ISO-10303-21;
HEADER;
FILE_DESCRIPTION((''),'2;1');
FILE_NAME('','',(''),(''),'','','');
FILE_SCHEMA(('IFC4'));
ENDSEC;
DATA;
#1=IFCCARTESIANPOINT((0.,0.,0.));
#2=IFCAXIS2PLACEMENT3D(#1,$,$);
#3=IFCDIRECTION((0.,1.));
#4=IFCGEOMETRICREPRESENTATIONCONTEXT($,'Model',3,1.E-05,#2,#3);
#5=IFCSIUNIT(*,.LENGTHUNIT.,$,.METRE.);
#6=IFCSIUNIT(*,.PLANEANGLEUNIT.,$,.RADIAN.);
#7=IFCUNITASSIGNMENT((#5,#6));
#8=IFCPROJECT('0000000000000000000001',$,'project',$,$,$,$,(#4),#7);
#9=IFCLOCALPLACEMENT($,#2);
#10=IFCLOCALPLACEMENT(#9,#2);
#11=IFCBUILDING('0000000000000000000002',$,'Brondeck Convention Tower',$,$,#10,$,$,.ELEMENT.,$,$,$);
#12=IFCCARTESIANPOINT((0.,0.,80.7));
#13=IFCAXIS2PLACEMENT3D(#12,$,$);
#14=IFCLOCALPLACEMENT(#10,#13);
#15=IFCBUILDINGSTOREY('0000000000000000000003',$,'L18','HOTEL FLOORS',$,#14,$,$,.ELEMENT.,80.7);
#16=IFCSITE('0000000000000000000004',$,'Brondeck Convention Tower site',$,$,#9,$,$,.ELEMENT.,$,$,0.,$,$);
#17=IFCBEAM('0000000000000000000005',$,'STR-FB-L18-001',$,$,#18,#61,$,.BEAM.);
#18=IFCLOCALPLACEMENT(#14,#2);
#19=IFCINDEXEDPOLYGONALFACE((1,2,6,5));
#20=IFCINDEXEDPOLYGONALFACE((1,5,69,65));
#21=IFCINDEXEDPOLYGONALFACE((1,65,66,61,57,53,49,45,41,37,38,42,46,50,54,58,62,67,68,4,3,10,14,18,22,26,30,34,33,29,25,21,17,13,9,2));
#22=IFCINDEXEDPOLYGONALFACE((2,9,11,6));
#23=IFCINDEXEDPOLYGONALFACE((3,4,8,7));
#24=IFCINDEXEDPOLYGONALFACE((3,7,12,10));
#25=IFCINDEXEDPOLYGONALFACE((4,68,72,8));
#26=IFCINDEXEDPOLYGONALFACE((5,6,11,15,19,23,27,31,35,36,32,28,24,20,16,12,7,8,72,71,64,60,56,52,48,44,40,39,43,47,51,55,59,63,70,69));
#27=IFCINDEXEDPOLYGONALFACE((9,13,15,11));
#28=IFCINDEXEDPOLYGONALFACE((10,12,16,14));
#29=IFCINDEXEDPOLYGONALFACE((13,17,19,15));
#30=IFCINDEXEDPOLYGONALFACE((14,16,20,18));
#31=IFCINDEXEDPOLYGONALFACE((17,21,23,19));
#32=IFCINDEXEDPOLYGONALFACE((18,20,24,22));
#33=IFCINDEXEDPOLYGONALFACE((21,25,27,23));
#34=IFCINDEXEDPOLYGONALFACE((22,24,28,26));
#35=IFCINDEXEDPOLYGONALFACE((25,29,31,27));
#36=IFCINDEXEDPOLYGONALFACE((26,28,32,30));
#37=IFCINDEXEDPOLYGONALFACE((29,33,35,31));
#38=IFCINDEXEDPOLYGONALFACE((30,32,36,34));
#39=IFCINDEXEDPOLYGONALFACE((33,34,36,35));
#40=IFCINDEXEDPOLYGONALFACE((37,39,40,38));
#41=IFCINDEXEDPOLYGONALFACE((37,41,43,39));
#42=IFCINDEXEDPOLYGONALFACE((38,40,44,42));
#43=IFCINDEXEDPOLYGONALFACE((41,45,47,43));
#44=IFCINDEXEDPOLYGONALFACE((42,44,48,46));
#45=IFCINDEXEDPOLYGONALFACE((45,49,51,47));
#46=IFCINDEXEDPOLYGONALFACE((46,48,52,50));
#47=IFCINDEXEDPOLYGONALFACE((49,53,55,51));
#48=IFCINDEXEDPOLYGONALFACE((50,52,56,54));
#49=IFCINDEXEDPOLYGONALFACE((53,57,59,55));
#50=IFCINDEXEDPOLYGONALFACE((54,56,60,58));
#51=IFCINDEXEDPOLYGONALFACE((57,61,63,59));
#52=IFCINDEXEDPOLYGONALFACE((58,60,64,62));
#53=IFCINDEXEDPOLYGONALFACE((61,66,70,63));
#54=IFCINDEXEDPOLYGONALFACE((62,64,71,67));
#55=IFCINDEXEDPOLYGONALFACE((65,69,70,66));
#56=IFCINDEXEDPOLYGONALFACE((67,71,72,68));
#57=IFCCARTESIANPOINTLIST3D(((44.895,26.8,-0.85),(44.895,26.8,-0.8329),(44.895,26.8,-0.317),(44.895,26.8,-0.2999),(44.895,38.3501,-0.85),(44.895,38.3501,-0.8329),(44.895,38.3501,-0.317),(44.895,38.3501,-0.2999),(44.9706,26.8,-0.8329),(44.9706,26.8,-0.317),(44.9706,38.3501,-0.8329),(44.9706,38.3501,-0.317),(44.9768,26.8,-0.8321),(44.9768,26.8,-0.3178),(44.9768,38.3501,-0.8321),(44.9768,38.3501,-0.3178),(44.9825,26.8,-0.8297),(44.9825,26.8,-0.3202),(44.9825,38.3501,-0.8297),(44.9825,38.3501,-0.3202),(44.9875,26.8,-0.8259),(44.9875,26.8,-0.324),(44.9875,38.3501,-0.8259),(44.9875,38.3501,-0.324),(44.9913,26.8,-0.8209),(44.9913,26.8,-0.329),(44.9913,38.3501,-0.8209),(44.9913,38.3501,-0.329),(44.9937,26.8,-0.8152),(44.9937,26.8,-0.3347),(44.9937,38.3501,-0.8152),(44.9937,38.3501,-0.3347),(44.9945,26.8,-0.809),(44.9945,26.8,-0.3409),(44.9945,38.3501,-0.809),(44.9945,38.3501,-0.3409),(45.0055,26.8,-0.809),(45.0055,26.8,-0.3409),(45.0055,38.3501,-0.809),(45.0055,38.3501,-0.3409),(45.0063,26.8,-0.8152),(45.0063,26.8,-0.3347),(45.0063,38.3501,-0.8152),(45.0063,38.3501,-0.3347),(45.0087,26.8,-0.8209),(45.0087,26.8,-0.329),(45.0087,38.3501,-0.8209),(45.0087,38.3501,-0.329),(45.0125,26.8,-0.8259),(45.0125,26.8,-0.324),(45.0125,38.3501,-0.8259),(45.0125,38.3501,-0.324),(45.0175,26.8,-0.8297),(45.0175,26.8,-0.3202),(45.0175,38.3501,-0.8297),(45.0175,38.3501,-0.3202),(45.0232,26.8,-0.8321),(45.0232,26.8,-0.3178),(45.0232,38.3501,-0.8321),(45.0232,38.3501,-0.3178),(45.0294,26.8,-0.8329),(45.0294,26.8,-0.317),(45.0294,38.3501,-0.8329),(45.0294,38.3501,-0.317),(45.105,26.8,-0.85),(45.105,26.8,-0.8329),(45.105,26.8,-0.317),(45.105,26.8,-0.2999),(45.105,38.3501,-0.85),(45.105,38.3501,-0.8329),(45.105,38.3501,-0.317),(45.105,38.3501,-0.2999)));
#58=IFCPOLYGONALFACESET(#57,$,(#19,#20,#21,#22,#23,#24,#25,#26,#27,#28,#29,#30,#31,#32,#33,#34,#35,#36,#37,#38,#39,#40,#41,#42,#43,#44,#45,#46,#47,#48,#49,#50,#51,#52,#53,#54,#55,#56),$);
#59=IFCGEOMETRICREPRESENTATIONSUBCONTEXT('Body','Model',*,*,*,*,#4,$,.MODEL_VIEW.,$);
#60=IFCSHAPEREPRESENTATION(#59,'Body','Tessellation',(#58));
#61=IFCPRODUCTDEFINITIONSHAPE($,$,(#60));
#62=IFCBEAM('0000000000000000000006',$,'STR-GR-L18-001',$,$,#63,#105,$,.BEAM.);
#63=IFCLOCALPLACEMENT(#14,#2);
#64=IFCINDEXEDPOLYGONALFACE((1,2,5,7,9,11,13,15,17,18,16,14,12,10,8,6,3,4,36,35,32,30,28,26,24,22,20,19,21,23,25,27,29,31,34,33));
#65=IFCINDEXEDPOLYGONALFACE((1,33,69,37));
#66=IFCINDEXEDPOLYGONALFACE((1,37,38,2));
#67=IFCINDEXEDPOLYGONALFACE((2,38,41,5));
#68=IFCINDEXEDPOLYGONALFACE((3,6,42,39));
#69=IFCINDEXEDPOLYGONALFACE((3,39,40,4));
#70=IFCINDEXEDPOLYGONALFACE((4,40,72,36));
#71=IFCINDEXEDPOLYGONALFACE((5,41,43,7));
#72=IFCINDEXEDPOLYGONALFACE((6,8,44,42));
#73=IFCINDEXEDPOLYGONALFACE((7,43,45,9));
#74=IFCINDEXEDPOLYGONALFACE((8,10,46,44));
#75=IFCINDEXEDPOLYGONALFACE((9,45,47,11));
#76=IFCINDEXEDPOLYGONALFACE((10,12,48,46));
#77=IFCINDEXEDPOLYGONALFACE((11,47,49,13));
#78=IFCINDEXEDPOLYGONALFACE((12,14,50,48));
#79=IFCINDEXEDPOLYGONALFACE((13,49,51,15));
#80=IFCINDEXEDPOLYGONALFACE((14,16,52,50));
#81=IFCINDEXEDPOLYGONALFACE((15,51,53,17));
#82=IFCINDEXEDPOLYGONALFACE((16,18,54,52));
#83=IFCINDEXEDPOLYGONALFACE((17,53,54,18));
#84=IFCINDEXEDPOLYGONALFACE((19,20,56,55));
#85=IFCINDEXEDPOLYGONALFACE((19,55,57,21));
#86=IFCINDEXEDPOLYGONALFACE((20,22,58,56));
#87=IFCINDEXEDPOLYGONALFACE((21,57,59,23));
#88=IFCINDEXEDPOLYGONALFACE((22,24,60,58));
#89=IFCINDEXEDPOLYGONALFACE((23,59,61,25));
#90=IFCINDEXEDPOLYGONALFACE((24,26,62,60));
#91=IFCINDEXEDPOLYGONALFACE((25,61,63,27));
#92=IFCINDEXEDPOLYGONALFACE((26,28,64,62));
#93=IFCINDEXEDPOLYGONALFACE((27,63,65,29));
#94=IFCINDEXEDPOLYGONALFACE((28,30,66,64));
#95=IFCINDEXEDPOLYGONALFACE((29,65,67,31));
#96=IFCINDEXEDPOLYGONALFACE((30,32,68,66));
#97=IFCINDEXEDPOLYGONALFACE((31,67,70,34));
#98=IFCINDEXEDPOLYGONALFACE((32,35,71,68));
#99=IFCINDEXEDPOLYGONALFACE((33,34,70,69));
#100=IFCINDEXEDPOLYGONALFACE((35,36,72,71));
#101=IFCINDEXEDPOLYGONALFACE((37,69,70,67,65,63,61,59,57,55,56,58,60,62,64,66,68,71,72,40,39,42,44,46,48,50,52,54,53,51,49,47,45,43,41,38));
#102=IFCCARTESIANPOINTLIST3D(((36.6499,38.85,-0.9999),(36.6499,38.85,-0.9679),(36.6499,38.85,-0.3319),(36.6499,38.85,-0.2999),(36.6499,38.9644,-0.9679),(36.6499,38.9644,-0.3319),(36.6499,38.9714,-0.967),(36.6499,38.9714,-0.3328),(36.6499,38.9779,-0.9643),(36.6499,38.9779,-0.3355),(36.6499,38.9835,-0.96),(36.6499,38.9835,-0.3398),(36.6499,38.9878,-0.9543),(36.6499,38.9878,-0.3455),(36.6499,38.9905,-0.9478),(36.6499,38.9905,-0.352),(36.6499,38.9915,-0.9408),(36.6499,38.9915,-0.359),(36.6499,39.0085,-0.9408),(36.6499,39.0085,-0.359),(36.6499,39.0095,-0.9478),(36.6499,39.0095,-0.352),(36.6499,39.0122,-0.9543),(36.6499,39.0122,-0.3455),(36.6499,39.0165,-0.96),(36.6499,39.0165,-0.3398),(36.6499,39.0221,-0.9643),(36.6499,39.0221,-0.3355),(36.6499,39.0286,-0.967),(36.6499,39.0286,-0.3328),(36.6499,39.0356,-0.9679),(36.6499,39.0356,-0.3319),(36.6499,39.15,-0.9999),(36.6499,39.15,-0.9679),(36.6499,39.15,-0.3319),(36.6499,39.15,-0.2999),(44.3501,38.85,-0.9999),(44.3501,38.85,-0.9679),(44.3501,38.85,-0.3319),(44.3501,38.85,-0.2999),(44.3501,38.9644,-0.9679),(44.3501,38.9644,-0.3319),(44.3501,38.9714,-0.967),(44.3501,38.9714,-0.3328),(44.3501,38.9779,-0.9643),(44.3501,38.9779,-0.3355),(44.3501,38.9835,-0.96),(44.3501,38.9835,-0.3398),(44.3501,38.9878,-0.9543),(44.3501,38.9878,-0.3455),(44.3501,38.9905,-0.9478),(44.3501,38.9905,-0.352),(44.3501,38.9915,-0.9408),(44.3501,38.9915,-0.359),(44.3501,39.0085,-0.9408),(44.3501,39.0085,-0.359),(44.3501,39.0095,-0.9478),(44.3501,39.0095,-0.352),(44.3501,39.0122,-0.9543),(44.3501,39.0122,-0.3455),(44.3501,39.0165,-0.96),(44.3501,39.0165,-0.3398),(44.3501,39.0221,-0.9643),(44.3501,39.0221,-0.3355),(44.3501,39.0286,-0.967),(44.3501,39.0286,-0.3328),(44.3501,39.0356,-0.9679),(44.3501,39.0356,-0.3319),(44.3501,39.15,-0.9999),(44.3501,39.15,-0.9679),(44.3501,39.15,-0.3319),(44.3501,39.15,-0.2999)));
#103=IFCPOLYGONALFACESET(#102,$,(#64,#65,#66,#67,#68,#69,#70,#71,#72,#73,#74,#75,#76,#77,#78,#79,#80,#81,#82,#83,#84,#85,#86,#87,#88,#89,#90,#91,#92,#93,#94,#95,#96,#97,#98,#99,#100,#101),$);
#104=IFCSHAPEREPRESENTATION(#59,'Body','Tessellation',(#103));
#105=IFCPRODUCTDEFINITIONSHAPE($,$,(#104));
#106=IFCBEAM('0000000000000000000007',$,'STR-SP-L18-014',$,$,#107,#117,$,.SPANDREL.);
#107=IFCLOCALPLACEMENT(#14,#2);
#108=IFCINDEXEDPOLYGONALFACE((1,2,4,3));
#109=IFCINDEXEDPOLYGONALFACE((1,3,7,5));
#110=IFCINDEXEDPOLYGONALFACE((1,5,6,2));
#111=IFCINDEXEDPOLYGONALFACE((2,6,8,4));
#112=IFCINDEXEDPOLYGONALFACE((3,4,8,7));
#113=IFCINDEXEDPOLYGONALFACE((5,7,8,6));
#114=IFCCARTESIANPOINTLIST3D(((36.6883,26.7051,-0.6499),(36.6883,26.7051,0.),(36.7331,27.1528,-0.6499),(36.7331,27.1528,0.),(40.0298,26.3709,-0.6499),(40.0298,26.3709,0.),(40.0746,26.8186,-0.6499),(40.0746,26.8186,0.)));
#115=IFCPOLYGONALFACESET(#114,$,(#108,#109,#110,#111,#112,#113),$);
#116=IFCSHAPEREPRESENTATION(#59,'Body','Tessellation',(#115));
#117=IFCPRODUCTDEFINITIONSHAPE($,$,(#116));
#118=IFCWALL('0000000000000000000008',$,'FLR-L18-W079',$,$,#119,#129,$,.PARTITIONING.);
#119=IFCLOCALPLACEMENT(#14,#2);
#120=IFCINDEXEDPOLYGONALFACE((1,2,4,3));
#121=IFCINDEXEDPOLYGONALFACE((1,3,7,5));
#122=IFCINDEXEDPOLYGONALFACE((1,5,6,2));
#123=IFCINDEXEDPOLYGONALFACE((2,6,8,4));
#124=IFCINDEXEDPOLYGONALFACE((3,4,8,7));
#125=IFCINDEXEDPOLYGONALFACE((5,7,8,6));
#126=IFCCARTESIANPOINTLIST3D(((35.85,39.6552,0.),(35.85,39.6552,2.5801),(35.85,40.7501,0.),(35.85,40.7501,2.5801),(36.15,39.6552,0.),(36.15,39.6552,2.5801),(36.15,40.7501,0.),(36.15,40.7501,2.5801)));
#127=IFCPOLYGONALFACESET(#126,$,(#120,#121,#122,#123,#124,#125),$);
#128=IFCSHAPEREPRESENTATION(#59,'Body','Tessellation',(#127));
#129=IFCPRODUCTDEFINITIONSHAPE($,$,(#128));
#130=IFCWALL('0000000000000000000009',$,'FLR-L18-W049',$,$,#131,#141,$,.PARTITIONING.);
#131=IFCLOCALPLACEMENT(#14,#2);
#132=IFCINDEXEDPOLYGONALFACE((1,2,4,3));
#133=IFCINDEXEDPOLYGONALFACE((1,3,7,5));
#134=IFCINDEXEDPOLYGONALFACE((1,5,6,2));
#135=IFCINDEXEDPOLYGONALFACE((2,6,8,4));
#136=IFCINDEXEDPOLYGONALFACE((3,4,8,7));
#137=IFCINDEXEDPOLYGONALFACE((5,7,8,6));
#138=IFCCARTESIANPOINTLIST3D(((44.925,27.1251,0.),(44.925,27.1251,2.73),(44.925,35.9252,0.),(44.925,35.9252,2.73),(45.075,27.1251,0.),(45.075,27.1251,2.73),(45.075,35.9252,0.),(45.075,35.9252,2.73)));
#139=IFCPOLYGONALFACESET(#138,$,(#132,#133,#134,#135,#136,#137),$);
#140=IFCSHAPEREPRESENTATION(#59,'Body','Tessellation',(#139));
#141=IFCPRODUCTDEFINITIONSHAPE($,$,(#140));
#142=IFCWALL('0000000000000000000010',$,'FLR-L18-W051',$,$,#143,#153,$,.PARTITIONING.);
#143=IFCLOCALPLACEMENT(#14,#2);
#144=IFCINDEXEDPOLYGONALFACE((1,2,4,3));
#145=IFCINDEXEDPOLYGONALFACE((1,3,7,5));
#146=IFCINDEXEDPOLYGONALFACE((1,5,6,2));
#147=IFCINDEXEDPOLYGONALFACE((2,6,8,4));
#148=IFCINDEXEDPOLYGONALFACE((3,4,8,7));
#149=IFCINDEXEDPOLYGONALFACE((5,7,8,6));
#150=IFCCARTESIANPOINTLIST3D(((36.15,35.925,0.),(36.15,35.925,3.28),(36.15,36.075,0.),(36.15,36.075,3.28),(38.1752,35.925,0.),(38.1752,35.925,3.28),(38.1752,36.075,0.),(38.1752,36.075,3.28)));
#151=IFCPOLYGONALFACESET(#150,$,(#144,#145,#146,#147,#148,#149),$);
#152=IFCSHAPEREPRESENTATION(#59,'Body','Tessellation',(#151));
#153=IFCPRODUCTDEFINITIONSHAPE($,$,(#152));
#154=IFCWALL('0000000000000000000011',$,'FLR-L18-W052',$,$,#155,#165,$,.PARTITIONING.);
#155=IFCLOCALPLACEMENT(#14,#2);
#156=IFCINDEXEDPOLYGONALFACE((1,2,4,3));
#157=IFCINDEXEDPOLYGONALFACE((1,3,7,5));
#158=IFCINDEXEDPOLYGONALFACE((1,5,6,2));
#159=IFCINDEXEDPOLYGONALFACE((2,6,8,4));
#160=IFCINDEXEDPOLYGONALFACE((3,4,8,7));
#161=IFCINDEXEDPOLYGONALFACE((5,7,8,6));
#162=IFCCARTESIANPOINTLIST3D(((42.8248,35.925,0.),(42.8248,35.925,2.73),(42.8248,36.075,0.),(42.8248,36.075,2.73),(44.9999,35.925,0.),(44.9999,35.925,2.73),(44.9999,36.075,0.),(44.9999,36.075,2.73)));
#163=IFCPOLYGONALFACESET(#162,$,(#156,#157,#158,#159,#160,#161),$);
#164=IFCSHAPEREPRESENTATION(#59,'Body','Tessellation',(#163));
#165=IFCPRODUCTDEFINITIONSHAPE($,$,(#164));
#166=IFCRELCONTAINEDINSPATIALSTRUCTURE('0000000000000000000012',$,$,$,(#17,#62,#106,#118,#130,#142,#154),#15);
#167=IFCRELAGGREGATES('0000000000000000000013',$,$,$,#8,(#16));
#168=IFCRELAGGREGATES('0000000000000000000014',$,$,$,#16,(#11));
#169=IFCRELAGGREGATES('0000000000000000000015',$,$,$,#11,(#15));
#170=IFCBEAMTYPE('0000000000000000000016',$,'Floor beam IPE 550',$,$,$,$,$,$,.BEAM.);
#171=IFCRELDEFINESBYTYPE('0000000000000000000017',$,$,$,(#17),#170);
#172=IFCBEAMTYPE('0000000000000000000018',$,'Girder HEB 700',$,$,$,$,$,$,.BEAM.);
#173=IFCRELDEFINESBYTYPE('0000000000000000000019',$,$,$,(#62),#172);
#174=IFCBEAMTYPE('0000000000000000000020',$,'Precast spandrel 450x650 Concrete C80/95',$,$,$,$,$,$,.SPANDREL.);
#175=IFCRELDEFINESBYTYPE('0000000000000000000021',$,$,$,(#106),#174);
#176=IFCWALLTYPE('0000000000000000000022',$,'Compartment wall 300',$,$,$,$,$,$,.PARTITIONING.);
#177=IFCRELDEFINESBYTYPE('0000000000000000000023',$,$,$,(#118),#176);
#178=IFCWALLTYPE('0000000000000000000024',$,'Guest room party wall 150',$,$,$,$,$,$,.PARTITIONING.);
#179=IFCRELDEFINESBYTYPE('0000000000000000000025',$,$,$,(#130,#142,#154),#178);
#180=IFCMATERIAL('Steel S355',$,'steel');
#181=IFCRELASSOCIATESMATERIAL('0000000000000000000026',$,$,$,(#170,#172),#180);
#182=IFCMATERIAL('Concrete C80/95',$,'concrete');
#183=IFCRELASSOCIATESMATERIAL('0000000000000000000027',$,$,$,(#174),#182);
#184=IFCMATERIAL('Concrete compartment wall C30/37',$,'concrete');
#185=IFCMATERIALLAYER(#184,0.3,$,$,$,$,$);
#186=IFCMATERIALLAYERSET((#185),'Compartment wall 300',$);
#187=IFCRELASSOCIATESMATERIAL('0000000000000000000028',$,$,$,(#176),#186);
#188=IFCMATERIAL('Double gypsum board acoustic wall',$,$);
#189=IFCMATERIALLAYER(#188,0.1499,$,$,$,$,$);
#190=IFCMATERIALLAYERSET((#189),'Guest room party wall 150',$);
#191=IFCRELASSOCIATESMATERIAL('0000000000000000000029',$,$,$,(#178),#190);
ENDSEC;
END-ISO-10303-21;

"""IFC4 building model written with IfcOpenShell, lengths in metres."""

from ifc_helpers import new_model, si_unit, direction, frame, frame_2d, origin, origin_2d, place, context, subcontext, project, spatial, rectangle, i_section, extrude, material, layer, layer_set, material_profile, profile_set, type_object, element, save


model = new_model("IFC4")

# Units and contexts
model_context = context("Model", 3, precision=1e-05, world=origin(), true_north=direction((0.0, 1.0)))
body_context = subcontext(model_context, "Body", "Model", "MODEL_VIEW")
ifc_project = project(units=[si_unit("LENGTHUNIT", "METRE"), si_unit("PLANEANGLEUNIT", "RADIAN")], contexts=[model_context])

# Site, building, storey
site_placement = place(None, origin())
site = spatial("IfcSite", under=ifc_project, at=site_placement, Name="Brondeck Convention Tower site", CompositionType="ELEMENT", RefElevation=0.0)
building_placement = place(site_placement, origin())
building = spatial("IfcBuilding", under=site, at=building_placement, Name="Brondeck Convention Tower", CompositionType="ELEMENT")
storey_placement = place(building_placement, frame((0.0, 0.0, 80.7)))
storey = spatial("IfcBuildingStorey", under=building, at=storey_placement, Name="L18", Description="HOTEL FLOORS", CompositionType="ELEMENT", Elevation=80.7)

# Beams
ifc_material_1 = material(Name="Steel S355", Category="steel")
ifc_material_profile_1 = material_profile(ifc_material_1, i_section(OverallWidth=0.21, OverallDepth=0.55, WebThickness=0.011, FlangeThickness=0.0171, FilletRadius=0.0239, at=origin_2d()), Name="IPE 550")
ifc_profile_set_1 = profile_set([ifc_material_profile_1], Name="Steel S355")
beam_type_1 = type_object("IfcBeamType", Name="Floor beam IPE 550", PredefinedType="BEAM", material=ifc_profile_set_1)
beam_1_placement = place(storey_placement, frame((45.0, 26.8, -0.575), z_axis=(0.0, 1.0, 0.0), x_axis=(-1.0, 0.0, 0.0)))
element("IfcBeam", 1, at=beam_1_placement, inside=storey, type_object=beam_type_1, Name="STR-FB-L18-001", PredefinedType="BEAM", context=body_context, shape_type="SweptSolid", body=[
    extrude(i_section(OverallWidth=0.21, OverallDepth=0.55, WebThickness=0.011, FlangeThickness=0.0171, FilletRadius=0.0239, at=origin_2d()), origin(), (0.0, 0.0, 1.0), 11.55),
])
ifc_material_profile_2 = material_profile(ifc_material_1, i_section(OverallWidth=0.3, OverallDepth=0.7, WebThickness=0.0171, FlangeThickness=0.032, FilletRadius=0.0271, at=origin_2d()), Name="HEB 700")
ifc_profile_set_2 = profile_set([ifc_material_profile_2], Name="Steel S355")
beam_type_2 = type_object("IfcBeamType", Name="Girder HEB 700", PredefinedType="BEAM", material=ifc_profile_set_2)
beam_2_placement = place(storey_placement, frame((36.6499, 39.0, -0.6499), z_axis=(1.0, 0.0, 0.0), x_axis=(0.0, 1.0, 0.0)))
element("IfcBeam", 2, at=beam_2_placement, inside=storey, type_object=beam_type_2, Name="STR-GR-L18-001", PredefinedType="BEAM", context=body_context, shape_type="SweptSolid", body=[
    extrude(i_section(OverallWidth=0.3, OverallDepth=0.7, WebThickness=0.0171, FlangeThickness=0.032, FilletRadius=0.0271, at=origin_2d()), origin(), (0.0, 0.0, 1.0), 7.7002),
])
ifc_material_2 = material(Name="Concrete C80/95", Category="concrete")
ifc_material_profile_3 = material_profile(ifc_material_2, rectangle(XDim=0.45, YDim=0.6499, at=origin_2d()), Name="Precast spandrel 450x650 Concrete C80/95")
ifc_profile_set_3 = profile_set([ifc_material_profile_3], Name="Concrete C80/95")
beam_type_3 = type_object("IfcBeamType", Name="Precast spandrel 450x650 Concrete C80/95", PredefinedType="SPANDREL", material=ifc_profile_set_3)
beam_3_placement = place(storey_placement, frame((36.7107, 26.929, -0.325), z_axis=(0.995035, -0.099525, 0.0), x_axis=(0.099525, 0.995035, 0.0)))
element("IfcBeam", 3, at=beam_3_placement, inside=storey, type_object=beam_type_3, Name="STR-SP-L18-014", PredefinedType="SPANDREL", context=body_context, shape_type="SweptSolid", body=[
    extrude(rectangle(XDim=0.45, YDim=0.6499, at=origin_2d()), origin(), (0.0, 0.0, 1.0), 3.3582),
])

# Walls
ifc_material_3 = material(Name="Concrete compartment wall C30/37", Category="concrete")
ifc_layer_1 = layer(ifc_material_3, 0.3)
ifc_layer_set_1 = layer_set([ifc_layer_1], Name="Compartment wall 300")
wall_type_1 = type_object("IfcWallType", Name="Compartment wall 300", PredefinedType="PARTITIONING", material=ifc_layer_set_1)
wall_1_placement = place(storey_placement, frame((36.0, 40.75, 0.0), z_axis=(0.0, 0.0, 1.0), x_axis=(0.0, -1.0, 0.0)))
element("IfcWall", 4, at=wall_1_placement, inside=storey, type_object=wall_type_1, Name="FLR-L18-W079", PredefinedType="PARTITIONING", context=body_context, shape_type="SweptSolid", body=[
    extrude(rectangle(XDim=1.095, YDim=0.3, at=frame_2d((0.5474, 0.0))), origin(), (0.0, 0.0, 1.0), 2.5801),
])
ifc_material_4 = material(Name="Double gypsum board acoustic wall")
ifc_layer_2 = layer(ifc_material_4, 0.1499)
ifc_layer_set_2 = layer_set([ifc_layer_2], Name="Guest room party wall 150")
wall_type_2 = type_object("IfcWallType", Name="Guest room party wall 150", PredefinedType="PARTITIONING", material=ifc_layer_set_2)
wall_2_placement = place(storey_placement, frame((45.0, 35.925, 0.0), z_axis=(0.0, 0.0, 1.0), x_axis=(0.0, -1.0, 0.0)))
element("IfcWall", 5, at=wall_2_placement, inside=storey, type_object=wall_type_2, Name="FLR-L18-W049", PredefinedType="PARTITIONING", context=body_context, shape_type="SweptSolid", body=[
    extrude(rectangle(XDim=8.8, YDim=0.1499, at=frame_2d((4.3999, 0.0))), origin(), (0.0, 0.0, 1.0), 2.73),
])
wall_3_placement = place(storey_placement, frame((36.1499, 36.0, 0.0), z_axis=(0.0, 0.0, 1.0), x_axis=(1.0, 0.0, 0.0)))
element("IfcWall", 6, at=wall_3_placement, inside=storey, type_object=wall_type_2, Name="FLR-L18-W051", PredefinedType="PARTITIONING", context=body_context, shape_type="SweptSolid", body=[
    extrude(rectangle(XDim=2.0251, YDim=0.1499, at=frame_2d((1.0127, 0.0))), origin(), (0.0, 0.0, 1.0), 3.28),
])
wall_4_placement = place(storey_placement, frame((42.825, 36.0, 0.0), z_axis=(0.0, 0.0, 1.0), x_axis=(1.0, 0.0, 0.0)))
element("IfcWall", 7, at=wall_4_placement, inside=storey, type_object=wall_type_2, Name="FLR-L18-W052", PredefinedType="PARTITIONING", context=body_context, shape_type="SweptSolid", body=[
    extrude(rectangle(XDim=2.175, YDim=0.1499, at=frame_2d((1.0874, 0.0))), origin(), (0.0, 0.0, 1.0), 2.73),
])

save(model, "model.ifc")
